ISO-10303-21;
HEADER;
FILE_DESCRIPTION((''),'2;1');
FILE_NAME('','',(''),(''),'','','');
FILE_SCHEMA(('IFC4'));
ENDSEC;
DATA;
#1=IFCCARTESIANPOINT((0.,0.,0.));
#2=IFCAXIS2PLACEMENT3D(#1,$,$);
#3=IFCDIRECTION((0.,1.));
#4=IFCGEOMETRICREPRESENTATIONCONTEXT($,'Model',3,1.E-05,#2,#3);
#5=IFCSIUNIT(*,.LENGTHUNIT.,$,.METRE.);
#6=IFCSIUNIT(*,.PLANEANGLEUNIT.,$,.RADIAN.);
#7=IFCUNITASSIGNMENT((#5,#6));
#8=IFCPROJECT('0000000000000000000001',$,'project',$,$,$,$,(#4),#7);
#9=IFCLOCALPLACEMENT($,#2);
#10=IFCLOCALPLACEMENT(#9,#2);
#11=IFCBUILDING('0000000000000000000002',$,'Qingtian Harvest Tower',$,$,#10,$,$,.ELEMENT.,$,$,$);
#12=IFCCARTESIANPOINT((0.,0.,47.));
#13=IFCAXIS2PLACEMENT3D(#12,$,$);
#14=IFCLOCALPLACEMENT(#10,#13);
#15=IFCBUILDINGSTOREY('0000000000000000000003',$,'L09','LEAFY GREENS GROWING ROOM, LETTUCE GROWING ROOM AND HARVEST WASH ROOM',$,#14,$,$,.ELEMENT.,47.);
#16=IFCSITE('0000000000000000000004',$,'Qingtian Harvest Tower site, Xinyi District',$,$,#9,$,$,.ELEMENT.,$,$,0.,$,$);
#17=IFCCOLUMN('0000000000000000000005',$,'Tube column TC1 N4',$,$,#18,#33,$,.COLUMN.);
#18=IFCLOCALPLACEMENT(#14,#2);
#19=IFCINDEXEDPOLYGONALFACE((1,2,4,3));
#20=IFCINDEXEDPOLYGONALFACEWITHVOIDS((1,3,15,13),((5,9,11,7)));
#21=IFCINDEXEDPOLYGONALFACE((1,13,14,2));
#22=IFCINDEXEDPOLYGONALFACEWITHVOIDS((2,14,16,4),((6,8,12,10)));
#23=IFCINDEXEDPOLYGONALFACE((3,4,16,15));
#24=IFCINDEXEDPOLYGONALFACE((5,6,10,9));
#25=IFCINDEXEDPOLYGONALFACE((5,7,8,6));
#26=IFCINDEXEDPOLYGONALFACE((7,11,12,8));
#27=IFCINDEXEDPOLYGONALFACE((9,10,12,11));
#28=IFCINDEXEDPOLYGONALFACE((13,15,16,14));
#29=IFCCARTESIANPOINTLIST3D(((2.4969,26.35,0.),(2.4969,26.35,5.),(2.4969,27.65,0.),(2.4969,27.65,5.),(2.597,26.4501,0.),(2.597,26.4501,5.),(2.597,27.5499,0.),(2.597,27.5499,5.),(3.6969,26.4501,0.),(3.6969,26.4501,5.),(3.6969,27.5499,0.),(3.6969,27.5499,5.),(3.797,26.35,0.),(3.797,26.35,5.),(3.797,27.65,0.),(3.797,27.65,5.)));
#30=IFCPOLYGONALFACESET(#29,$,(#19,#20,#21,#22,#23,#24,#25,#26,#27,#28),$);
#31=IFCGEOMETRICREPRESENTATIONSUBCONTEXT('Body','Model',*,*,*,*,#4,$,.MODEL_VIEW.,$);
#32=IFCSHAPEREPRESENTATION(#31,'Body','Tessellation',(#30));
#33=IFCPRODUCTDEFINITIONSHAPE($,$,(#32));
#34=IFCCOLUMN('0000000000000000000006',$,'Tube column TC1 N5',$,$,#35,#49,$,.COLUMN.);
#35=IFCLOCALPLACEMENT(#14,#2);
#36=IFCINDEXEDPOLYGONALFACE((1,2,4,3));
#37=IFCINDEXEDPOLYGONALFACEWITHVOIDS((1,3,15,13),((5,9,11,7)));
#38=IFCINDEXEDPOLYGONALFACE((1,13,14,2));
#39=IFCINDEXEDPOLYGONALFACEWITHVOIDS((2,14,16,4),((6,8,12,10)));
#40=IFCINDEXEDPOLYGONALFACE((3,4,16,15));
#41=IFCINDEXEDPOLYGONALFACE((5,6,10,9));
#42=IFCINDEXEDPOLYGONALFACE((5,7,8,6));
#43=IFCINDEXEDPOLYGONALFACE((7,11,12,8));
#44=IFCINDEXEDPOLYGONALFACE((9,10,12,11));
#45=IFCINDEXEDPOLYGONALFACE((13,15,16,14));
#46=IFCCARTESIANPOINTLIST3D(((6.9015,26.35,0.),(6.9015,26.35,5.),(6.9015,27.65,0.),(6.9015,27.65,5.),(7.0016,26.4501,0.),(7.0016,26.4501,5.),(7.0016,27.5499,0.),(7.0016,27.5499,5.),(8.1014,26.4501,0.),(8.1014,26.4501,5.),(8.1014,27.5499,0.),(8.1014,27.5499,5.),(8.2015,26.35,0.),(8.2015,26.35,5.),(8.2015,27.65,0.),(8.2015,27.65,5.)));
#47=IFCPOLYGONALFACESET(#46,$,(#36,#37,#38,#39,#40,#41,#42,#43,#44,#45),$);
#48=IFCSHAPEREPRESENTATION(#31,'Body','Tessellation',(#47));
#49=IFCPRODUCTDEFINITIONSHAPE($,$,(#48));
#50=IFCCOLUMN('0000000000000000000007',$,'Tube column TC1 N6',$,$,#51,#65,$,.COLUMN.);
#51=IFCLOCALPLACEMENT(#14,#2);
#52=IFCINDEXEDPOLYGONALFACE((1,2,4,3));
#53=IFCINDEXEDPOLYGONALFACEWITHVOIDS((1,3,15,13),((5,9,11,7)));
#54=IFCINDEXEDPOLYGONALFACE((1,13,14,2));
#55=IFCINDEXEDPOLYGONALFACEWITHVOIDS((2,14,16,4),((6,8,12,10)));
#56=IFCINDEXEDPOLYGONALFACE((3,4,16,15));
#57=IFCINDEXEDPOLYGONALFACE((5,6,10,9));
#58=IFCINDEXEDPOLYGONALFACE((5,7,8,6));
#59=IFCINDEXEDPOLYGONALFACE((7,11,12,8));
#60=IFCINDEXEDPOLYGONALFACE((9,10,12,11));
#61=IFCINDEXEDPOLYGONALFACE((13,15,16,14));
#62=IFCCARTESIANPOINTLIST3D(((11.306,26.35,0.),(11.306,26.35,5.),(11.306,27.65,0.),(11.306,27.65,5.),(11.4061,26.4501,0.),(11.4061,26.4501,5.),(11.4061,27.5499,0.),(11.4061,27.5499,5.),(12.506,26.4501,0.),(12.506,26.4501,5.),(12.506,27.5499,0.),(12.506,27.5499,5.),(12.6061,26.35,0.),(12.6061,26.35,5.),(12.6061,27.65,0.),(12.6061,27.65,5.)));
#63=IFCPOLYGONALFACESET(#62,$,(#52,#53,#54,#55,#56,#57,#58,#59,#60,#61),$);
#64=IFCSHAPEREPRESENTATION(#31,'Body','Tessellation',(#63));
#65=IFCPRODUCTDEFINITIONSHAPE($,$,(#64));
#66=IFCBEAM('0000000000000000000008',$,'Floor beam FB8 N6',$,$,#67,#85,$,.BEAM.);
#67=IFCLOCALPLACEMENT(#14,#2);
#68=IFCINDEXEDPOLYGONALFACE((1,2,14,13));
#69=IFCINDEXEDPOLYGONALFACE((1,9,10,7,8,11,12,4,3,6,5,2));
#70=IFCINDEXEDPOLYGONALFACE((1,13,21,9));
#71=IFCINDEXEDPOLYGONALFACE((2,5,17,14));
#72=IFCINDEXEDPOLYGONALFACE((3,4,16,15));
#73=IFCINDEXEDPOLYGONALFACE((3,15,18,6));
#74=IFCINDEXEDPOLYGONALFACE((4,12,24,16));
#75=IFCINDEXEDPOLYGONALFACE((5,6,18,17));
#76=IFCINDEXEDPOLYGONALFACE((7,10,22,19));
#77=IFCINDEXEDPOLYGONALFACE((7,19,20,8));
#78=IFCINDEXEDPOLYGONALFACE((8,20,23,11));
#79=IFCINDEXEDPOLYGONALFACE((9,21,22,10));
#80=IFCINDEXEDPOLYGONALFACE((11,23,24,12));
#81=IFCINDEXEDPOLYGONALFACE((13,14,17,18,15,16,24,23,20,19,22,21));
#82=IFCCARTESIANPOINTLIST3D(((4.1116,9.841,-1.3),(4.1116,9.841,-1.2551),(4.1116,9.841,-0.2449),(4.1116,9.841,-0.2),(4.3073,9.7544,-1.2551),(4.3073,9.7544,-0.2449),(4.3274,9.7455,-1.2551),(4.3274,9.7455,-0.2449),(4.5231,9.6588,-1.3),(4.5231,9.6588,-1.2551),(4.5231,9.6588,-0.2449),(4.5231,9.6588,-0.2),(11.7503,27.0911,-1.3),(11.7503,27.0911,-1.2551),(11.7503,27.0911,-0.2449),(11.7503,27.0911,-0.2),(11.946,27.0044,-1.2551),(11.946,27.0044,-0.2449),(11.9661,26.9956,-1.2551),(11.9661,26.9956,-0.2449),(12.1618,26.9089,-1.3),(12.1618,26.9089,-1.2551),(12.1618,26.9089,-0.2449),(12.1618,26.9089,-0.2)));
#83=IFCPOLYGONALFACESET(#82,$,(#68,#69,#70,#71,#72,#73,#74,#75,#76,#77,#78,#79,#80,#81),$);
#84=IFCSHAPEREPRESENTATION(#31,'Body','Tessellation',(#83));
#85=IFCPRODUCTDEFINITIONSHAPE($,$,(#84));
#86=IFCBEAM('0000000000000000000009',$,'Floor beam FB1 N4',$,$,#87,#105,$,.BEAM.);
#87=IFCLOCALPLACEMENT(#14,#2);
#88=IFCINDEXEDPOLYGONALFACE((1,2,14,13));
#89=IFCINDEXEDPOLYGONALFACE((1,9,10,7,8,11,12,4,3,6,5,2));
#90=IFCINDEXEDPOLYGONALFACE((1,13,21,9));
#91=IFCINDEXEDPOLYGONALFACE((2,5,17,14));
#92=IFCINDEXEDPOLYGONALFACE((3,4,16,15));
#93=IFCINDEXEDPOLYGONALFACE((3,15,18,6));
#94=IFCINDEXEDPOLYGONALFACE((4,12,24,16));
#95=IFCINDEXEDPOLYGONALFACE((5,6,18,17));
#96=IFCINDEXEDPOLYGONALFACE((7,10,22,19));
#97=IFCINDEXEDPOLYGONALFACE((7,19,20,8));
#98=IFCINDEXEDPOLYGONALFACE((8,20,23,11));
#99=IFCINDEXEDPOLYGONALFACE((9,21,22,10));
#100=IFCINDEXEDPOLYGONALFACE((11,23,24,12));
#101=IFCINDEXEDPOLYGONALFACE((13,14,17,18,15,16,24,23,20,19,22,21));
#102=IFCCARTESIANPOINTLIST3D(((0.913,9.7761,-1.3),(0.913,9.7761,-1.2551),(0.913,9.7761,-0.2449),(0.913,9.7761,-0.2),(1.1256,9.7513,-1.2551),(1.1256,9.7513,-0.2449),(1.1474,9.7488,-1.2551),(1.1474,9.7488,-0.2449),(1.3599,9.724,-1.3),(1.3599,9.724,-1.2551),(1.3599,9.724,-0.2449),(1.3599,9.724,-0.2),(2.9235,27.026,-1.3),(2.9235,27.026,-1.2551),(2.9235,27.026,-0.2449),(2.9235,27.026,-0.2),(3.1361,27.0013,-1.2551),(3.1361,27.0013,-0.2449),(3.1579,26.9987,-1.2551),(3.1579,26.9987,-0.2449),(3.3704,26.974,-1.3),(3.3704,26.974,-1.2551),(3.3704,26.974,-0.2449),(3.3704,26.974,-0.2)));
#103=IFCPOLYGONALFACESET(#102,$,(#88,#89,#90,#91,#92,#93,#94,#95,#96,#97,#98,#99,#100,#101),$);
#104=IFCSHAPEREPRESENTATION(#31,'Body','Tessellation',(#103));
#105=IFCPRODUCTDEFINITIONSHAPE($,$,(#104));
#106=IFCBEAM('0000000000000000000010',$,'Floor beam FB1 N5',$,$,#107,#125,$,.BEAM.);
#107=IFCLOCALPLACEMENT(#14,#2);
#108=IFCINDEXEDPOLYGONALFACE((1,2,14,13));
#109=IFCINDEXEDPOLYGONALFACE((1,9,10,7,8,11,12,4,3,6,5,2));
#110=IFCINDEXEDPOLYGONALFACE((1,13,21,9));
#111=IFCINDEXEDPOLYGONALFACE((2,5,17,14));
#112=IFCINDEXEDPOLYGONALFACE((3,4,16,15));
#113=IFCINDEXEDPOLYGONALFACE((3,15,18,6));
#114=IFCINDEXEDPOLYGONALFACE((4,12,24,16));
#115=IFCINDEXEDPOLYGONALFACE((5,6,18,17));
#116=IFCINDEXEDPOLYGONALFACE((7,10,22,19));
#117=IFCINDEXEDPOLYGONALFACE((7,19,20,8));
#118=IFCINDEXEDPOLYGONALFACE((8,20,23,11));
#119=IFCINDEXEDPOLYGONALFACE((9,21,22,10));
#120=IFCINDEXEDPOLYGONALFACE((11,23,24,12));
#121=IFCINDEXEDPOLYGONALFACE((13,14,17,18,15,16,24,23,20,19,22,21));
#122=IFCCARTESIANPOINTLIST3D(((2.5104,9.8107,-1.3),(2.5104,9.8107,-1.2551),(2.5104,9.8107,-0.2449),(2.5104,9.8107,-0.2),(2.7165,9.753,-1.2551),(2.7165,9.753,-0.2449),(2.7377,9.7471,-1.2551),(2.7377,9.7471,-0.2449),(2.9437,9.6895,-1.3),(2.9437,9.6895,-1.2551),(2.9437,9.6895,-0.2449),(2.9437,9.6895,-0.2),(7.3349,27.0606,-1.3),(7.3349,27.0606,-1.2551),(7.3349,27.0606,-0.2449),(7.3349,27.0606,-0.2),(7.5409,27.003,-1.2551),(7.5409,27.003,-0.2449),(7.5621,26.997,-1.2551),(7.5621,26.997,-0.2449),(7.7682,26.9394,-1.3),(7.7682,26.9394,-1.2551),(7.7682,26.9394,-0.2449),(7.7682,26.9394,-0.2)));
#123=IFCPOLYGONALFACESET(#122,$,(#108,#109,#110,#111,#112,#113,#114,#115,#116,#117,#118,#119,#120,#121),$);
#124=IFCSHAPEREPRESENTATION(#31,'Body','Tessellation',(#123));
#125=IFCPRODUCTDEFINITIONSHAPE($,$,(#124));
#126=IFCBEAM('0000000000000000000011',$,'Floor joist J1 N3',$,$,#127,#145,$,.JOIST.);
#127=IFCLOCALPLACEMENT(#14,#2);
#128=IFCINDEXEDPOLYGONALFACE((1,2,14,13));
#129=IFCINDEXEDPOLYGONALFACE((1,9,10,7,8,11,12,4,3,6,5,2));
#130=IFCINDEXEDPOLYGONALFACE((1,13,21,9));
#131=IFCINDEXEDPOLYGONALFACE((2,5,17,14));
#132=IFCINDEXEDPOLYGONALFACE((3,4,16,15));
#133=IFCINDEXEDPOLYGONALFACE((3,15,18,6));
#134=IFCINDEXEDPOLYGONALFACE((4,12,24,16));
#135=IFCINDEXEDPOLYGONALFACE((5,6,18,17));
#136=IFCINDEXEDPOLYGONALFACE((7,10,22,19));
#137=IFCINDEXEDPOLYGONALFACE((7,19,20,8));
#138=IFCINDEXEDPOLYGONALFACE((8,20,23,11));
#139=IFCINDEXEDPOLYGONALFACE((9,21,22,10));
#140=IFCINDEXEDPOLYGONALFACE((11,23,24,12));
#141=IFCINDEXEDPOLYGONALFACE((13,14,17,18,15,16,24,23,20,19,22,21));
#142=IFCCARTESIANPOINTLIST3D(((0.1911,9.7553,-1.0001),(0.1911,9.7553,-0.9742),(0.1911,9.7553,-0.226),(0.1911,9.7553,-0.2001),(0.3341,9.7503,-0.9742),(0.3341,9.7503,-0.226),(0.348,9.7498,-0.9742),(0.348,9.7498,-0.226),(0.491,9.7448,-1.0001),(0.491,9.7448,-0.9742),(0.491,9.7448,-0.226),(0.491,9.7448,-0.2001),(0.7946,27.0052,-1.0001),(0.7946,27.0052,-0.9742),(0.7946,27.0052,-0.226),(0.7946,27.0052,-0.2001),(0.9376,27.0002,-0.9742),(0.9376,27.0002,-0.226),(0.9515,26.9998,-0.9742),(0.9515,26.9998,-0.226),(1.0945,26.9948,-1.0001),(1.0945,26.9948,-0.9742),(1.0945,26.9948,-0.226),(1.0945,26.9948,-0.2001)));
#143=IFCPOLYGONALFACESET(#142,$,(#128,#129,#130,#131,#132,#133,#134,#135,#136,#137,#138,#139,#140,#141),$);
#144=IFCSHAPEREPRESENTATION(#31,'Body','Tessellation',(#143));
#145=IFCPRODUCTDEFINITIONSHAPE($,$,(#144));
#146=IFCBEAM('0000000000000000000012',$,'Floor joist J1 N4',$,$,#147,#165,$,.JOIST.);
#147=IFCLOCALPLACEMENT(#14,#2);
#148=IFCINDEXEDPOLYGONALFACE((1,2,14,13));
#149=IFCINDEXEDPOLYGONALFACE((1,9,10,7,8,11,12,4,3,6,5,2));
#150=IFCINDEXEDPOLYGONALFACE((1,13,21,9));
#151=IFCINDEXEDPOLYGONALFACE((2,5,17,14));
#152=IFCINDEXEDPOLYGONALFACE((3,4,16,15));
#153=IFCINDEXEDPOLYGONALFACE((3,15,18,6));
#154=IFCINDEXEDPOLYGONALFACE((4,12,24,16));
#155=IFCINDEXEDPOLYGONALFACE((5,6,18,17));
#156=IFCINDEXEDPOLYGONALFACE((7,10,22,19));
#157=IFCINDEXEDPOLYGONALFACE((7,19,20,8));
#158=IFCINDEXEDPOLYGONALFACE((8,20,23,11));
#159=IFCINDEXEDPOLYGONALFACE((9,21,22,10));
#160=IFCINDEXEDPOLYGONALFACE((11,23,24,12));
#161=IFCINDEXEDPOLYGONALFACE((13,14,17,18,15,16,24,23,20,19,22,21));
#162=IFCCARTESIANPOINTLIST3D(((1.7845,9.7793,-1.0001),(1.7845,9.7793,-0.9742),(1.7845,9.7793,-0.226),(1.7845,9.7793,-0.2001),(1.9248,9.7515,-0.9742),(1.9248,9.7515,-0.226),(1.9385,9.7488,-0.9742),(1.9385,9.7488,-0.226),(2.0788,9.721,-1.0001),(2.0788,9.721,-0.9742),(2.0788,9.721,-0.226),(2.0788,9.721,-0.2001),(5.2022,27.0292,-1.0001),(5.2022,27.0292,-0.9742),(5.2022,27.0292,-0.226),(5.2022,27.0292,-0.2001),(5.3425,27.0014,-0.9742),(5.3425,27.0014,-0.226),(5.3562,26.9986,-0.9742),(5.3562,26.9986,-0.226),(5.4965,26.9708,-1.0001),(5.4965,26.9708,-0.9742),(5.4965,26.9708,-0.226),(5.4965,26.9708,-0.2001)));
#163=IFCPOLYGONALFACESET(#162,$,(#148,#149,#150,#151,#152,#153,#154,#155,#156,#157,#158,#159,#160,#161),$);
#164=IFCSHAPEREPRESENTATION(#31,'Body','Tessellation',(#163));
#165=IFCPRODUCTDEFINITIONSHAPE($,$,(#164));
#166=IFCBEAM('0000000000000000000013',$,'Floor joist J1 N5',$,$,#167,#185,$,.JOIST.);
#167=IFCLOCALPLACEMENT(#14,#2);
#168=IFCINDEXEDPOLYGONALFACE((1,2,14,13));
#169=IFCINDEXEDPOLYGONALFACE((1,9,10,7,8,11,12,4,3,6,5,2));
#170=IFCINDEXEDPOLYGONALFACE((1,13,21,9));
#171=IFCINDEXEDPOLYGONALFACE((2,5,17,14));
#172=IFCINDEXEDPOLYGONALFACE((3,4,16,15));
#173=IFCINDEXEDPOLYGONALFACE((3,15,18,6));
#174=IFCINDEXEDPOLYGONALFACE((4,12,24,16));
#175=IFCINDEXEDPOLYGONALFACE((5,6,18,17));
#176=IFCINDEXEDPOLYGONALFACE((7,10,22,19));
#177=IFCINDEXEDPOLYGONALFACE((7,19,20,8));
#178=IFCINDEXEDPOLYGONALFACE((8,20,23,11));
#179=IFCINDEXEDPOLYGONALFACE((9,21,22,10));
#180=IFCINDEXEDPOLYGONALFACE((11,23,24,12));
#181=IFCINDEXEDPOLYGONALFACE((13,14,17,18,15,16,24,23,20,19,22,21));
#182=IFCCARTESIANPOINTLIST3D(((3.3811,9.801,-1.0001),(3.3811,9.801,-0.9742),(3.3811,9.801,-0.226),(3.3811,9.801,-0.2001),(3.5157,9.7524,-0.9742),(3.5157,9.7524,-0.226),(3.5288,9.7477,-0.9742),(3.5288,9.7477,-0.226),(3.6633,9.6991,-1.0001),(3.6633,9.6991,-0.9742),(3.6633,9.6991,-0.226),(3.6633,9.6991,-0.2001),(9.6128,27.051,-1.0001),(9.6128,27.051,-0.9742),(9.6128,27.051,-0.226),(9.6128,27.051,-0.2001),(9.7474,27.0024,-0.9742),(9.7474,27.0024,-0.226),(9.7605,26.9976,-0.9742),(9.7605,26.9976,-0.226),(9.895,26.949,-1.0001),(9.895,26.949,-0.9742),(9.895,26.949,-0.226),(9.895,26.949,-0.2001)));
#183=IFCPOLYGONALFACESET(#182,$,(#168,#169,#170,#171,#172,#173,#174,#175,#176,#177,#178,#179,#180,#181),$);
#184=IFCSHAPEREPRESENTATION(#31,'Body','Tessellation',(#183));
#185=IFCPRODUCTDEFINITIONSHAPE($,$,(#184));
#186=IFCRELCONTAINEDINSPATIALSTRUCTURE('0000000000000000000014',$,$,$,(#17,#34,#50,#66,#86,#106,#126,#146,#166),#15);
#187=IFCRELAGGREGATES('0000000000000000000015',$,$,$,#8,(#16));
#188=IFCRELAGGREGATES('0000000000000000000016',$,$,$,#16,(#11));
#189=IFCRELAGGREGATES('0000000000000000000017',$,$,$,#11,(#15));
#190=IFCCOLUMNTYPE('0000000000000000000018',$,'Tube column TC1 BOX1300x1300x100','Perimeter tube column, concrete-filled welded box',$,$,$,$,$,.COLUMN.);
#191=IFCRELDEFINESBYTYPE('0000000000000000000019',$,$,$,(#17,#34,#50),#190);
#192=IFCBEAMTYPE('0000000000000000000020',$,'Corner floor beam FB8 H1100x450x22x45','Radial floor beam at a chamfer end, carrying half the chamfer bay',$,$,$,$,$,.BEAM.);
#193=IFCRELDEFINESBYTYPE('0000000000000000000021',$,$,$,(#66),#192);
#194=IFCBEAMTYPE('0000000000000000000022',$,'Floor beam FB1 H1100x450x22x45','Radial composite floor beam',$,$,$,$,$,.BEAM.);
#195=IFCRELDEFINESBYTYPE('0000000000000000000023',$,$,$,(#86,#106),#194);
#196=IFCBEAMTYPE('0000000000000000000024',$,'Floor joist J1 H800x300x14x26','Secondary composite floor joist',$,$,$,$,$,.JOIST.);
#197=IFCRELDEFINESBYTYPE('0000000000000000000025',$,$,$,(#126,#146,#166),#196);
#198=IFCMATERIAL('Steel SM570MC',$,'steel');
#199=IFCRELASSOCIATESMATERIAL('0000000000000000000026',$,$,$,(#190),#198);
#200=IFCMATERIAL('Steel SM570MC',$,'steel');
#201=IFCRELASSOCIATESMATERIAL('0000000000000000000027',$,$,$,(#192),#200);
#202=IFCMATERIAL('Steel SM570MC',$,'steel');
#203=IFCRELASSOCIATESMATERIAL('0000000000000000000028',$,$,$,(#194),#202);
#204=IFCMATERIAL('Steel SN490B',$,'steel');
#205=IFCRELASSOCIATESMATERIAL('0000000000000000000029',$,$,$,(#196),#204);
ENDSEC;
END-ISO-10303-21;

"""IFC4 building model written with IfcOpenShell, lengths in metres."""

from ifc_helpers import new_model, si_unit, direction, frame, origin, origin_2d, place, context, subcontext, project, spatial, hollow_rectangle, i_section, extrude, material, material_profile, profile_set, type_object, element, save


model = new_model("IFC4")

# Units and contexts
model_context = context("Model", 3, precision=1e-05, world=origin(), true_north=direction((0.0, 1.0)))
body_context = subcontext(model_context, "Body", "Model", "MODEL_VIEW")
ifc_project = project(units=[si_unit("LENGTHUNIT", "METRE"), si_unit("PLANEANGLEUNIT", "RADIAN")], contexts=[model_context])

# Site, building, storey
site_placement = place(None, origin())
site = spatial("IfcSite", under=ifc_project, at=site_placement, Name="Qingtian Harvest Tower site, Xinyi District", CompositionType="ELEMENT", RefElevation=0.0)
building_placement = place(site_placement, origin())
building = spatial("IfcBuilding", under=site, at=building_placement, Name="Qingtian Harvest Tower", CompositionType="ELEMENT")
storey_placement = place(building_placement, frame((0.0, 0.0, 47.0)))
storey = spatial("IfcBuildingStorey", under=building, at=storey_placement, Name="L09", Description="LEAFY GREENS GROWING ROOM, LETTUCE GROWING ROOM AND HARVEST WASH ROOM", CompositionType="ELEMENT", Elevation=47.0)

# Columns
ifc_material_1 = material(Name="Steel SM570MC", Category="steel")
ifc_material_profile_1 = material_profile(ifc_material_1, hollow_rectangle(XDim=1.3, YDim=1.3, WallThickness=0.1001, at=origin_2d()), Name="BOX1300x1300x100")
ifc_profile_set_1 = profile_set([ifc_material_profile_1], Name="Steel SM570MC")
column_type = type_object("IfcColumnType", Name="Tube column TC1 BOX1300x1300x100", Description="Perimeter tube column, concrete-filled welded box", PredefinedType="COLUMN", material=ifc_profile_set_1)
for number, where, z_axis, x_axis, name in (
    (1, (3.147, 27.0, 0.0), (0.0, 0.0, 1.0), (-1.0, 0.0, 0.0), "Tube column TC1 N4"),
    (2, (7.5515, 27.0, 0.0), (0.0, 0.0, 1.0), (-1.0, 0.0, 0.0), "Tube column TC1 N5"),
    (3, (11.9561, 27.0, 0.0), (0.0, 0.0, 1.0), (-1.0, 0.0, 0.0), "Tube column TC1 N6"),
):
    element("IfcColumn", number, at=place(storey_placement, frame(where, z_axis=z_axis, x_axis=x_axis)), inside=storey, type_object=column_type, Name=name, PredefinedType="COLUMN", context=body_context, shape_type="SweptSolid", body=[
        extrude(hollow_rectangle(XDim=1.3, YDim=1.3, WallThickness=0.1001, at=origin_2d()), origin(), (0.0, 0.0, 1.0), 5.0),
    ])

# Beams
ifc_material_2 = material(Name="Steel SM570MC", Category="steel")
ifc_material_profile_2 = material_profile(ifc_material_2, i_section(OverallWidth=0.45, OverallDepth=1.1001, WebThickness=0.022, FlangeThickness=0.0449, at=origin_2d()), Name="H1100x450x22x45")
ifc_profile_set_2 = profile_set([ifc_material_profile_2], Name="Steel SM570MC")
beam_type_1 = type_object("IfcBeamType", Name="Corner floor beam FB8 H1100x450x22x45", Description="Radial floor beam at a chamfer end, carrying half the chamfer bay", PredefinedType="BEAM", material=ifc_profile_set_2)
beam_1_placement = place(storey_placement, frame((11.9561, 27.0, -0.75), z_axis=(-0.404899, -0.914361, 0.0), x_axis=(0.914361, -0.404899, 0.0)))
element("IfcBeam", 4, at=beam_1_placement, inside=storey, type_object=beam_type_1, Name="Floor beam FB8 N6", PredefinedType="BEAM", context=body_context, shape_type="SweptSolid", body=[
    extrude(i_section(OverallWidth=0.45, OverallDepth=1.1001, WebThickness=0.022, FlangeThickness=0.0449, at=origin_2d()), origin(), (0.0, 0.0, 1.0), 18.8657),
])
ifc_material_3 = material(Name="Steel SM570MC", Category="steel")
ifc_material_profile_3 = material_profile(ifc_material_3, i_section(OverallWidth=0.45, OverallDepth=1.1001, WebThickness=0.022, FlangeThickness=0.0449, at=origin_2d()), Name="H1100x450x22x45")
ifc_profile_set_3 = profile_set([ifc_material_profile_3], Name="Steel SM570MC")
beam_type_2 = type_object("IfcBeamType", Name="Floor beam FB1 H1100x450x22x45", Description="Radial composite floor beam", PredefinedType="BEAM", material=ifc_profile_set_3)
beam_2_placement = place(storey_placement, frame((3.147, 27.0, -0.75), z_axis=(-0.115767, -0.993276, 0.0), x_axis=(0.993276, -0.115767, 0.0)))
element("IfcBeam", 5, at=beam_2_placement, inside=storey, type_object=beam_type_2, Name="Floor beam FB1 N4", PredefinedType="BEAM", context=body_context, shape_type="SweptSolid", body=[
    extrude(i_section(OverallWidth=0.45, OverallDepth=1.1001, WebThickness=0.022, FlangeThickness=0.0449, at=origin_2d()), origin(), (0.0, 0.0, 1.0), 17.3667),
])
beam_3_placement = place(storey_placement, frame((7.5515, 27.0, -0.75), z_axis=(-0.269343, -0.963044, 0.0), x_axis=(0.963044, -0.269343, 0.0)))
element("IfcBeam", 6, at=beam_3_placement, inside=storey, type_object=beam_type_2, Name="Floor beam FB1 N5", PredefinedType="BEAM", context=body_context, shape_type="SweptSolid", body=[
    extrude(i_section(OverallWidth=0.45, OverallDepth=1.1001, WebThickness=0.022, FlangeThickness=0.0449, at=origin_2d()), origin(), (0.0, 0.0, 1.0), 17.9119),
])
ifc_material_4 = material(Name="Steel SN490B", Category="steel")
ifc_material_profile_4 = material_profile(ifc_material_4, i_section(OverallWidth=0.3, OverallDepth=0.8, WebThickness=0.0139, FlangeThickness=0.0259, at=origin_2d()), Name="H800x300x14x26")
ifc_profile_set_4 = profile_set([ifc_material_profile_4], Name="Steel SN490B")
beam_type_3 = type_object("IfcBeamType", Name="Floor joist J1 H800x300x14x26", Description="Secondary composite floor joist", PredefinedType="JOIST", material=ifc_profile_set_4)
beam_4_placement = place(storey_placement, frame((0.9446, 27.0, -0.6001), z_axis=(-0.034965, -0.999389, 0.0), x_axis=(0.999389, -0.034965, 0.0)))
element("IfcBeam", 7, at=beam_4_placement, inside=storey, type_object=beam_type_3, Name="Floor joist J1 N3", PredefinedType="JOIST", context=body_context, shape_type="SweptSolid", body=[
    extrude(i_section(OverallWidth=0.3, OverallDepth=0.8, WebThickness=0.0139, FlangeThickness=0.0259, at=origin_2d()), origin(), (0.0, 0.0, 1.0), 17.2605),
])
beam_5_placement = place(storey_placement, frame((5.3494, 27.0, -0.6001), z_axis=(-0.194351, -0.980932, 0.0), x_axis=(0.980932, -0.194351, 0.0)))
element("IfcBeam", 8, at=beam_5_placement, inside=storey, type_object=beam_type_3, Name="Floor joist J1 N4", PredefinedType="JOIST", context=body_context, shape_type="SweptSolid", body=[
    extrude(i_section(OverallWidth=0.3, OverallDepth=0.8, WebThickness=0.0139, FlangeThickness=0.0259, at=origin_2d()), origin(), (0.0, 0.0, 1.0), 17.5852),
])
beam_6_placement = place(storey_placement, frame((9.7539, 27.0, -0.6001), z_axis=(-0.339766, -0.94051, 0.0), x_axis=(0.94051, -0.339766, 0.0)))
element("IfcBeam", 9, at=beam_6_placement, inside=storey, type_object=beam_type_3, Name="Floor joist J1 N5", PredefinedType="JOIST", context=body_context, shape_type="SweptSolid", body=[
    extrude(i_section(OverallWidth=0.3, OverallDepth=0.8, WebThickness=0.0139, FlangeThickness=0.0259, at=origin_2d()), origin(), (0.0, 0.0, 1.0), 18.3411),
])

save(model, "model.ifc")
